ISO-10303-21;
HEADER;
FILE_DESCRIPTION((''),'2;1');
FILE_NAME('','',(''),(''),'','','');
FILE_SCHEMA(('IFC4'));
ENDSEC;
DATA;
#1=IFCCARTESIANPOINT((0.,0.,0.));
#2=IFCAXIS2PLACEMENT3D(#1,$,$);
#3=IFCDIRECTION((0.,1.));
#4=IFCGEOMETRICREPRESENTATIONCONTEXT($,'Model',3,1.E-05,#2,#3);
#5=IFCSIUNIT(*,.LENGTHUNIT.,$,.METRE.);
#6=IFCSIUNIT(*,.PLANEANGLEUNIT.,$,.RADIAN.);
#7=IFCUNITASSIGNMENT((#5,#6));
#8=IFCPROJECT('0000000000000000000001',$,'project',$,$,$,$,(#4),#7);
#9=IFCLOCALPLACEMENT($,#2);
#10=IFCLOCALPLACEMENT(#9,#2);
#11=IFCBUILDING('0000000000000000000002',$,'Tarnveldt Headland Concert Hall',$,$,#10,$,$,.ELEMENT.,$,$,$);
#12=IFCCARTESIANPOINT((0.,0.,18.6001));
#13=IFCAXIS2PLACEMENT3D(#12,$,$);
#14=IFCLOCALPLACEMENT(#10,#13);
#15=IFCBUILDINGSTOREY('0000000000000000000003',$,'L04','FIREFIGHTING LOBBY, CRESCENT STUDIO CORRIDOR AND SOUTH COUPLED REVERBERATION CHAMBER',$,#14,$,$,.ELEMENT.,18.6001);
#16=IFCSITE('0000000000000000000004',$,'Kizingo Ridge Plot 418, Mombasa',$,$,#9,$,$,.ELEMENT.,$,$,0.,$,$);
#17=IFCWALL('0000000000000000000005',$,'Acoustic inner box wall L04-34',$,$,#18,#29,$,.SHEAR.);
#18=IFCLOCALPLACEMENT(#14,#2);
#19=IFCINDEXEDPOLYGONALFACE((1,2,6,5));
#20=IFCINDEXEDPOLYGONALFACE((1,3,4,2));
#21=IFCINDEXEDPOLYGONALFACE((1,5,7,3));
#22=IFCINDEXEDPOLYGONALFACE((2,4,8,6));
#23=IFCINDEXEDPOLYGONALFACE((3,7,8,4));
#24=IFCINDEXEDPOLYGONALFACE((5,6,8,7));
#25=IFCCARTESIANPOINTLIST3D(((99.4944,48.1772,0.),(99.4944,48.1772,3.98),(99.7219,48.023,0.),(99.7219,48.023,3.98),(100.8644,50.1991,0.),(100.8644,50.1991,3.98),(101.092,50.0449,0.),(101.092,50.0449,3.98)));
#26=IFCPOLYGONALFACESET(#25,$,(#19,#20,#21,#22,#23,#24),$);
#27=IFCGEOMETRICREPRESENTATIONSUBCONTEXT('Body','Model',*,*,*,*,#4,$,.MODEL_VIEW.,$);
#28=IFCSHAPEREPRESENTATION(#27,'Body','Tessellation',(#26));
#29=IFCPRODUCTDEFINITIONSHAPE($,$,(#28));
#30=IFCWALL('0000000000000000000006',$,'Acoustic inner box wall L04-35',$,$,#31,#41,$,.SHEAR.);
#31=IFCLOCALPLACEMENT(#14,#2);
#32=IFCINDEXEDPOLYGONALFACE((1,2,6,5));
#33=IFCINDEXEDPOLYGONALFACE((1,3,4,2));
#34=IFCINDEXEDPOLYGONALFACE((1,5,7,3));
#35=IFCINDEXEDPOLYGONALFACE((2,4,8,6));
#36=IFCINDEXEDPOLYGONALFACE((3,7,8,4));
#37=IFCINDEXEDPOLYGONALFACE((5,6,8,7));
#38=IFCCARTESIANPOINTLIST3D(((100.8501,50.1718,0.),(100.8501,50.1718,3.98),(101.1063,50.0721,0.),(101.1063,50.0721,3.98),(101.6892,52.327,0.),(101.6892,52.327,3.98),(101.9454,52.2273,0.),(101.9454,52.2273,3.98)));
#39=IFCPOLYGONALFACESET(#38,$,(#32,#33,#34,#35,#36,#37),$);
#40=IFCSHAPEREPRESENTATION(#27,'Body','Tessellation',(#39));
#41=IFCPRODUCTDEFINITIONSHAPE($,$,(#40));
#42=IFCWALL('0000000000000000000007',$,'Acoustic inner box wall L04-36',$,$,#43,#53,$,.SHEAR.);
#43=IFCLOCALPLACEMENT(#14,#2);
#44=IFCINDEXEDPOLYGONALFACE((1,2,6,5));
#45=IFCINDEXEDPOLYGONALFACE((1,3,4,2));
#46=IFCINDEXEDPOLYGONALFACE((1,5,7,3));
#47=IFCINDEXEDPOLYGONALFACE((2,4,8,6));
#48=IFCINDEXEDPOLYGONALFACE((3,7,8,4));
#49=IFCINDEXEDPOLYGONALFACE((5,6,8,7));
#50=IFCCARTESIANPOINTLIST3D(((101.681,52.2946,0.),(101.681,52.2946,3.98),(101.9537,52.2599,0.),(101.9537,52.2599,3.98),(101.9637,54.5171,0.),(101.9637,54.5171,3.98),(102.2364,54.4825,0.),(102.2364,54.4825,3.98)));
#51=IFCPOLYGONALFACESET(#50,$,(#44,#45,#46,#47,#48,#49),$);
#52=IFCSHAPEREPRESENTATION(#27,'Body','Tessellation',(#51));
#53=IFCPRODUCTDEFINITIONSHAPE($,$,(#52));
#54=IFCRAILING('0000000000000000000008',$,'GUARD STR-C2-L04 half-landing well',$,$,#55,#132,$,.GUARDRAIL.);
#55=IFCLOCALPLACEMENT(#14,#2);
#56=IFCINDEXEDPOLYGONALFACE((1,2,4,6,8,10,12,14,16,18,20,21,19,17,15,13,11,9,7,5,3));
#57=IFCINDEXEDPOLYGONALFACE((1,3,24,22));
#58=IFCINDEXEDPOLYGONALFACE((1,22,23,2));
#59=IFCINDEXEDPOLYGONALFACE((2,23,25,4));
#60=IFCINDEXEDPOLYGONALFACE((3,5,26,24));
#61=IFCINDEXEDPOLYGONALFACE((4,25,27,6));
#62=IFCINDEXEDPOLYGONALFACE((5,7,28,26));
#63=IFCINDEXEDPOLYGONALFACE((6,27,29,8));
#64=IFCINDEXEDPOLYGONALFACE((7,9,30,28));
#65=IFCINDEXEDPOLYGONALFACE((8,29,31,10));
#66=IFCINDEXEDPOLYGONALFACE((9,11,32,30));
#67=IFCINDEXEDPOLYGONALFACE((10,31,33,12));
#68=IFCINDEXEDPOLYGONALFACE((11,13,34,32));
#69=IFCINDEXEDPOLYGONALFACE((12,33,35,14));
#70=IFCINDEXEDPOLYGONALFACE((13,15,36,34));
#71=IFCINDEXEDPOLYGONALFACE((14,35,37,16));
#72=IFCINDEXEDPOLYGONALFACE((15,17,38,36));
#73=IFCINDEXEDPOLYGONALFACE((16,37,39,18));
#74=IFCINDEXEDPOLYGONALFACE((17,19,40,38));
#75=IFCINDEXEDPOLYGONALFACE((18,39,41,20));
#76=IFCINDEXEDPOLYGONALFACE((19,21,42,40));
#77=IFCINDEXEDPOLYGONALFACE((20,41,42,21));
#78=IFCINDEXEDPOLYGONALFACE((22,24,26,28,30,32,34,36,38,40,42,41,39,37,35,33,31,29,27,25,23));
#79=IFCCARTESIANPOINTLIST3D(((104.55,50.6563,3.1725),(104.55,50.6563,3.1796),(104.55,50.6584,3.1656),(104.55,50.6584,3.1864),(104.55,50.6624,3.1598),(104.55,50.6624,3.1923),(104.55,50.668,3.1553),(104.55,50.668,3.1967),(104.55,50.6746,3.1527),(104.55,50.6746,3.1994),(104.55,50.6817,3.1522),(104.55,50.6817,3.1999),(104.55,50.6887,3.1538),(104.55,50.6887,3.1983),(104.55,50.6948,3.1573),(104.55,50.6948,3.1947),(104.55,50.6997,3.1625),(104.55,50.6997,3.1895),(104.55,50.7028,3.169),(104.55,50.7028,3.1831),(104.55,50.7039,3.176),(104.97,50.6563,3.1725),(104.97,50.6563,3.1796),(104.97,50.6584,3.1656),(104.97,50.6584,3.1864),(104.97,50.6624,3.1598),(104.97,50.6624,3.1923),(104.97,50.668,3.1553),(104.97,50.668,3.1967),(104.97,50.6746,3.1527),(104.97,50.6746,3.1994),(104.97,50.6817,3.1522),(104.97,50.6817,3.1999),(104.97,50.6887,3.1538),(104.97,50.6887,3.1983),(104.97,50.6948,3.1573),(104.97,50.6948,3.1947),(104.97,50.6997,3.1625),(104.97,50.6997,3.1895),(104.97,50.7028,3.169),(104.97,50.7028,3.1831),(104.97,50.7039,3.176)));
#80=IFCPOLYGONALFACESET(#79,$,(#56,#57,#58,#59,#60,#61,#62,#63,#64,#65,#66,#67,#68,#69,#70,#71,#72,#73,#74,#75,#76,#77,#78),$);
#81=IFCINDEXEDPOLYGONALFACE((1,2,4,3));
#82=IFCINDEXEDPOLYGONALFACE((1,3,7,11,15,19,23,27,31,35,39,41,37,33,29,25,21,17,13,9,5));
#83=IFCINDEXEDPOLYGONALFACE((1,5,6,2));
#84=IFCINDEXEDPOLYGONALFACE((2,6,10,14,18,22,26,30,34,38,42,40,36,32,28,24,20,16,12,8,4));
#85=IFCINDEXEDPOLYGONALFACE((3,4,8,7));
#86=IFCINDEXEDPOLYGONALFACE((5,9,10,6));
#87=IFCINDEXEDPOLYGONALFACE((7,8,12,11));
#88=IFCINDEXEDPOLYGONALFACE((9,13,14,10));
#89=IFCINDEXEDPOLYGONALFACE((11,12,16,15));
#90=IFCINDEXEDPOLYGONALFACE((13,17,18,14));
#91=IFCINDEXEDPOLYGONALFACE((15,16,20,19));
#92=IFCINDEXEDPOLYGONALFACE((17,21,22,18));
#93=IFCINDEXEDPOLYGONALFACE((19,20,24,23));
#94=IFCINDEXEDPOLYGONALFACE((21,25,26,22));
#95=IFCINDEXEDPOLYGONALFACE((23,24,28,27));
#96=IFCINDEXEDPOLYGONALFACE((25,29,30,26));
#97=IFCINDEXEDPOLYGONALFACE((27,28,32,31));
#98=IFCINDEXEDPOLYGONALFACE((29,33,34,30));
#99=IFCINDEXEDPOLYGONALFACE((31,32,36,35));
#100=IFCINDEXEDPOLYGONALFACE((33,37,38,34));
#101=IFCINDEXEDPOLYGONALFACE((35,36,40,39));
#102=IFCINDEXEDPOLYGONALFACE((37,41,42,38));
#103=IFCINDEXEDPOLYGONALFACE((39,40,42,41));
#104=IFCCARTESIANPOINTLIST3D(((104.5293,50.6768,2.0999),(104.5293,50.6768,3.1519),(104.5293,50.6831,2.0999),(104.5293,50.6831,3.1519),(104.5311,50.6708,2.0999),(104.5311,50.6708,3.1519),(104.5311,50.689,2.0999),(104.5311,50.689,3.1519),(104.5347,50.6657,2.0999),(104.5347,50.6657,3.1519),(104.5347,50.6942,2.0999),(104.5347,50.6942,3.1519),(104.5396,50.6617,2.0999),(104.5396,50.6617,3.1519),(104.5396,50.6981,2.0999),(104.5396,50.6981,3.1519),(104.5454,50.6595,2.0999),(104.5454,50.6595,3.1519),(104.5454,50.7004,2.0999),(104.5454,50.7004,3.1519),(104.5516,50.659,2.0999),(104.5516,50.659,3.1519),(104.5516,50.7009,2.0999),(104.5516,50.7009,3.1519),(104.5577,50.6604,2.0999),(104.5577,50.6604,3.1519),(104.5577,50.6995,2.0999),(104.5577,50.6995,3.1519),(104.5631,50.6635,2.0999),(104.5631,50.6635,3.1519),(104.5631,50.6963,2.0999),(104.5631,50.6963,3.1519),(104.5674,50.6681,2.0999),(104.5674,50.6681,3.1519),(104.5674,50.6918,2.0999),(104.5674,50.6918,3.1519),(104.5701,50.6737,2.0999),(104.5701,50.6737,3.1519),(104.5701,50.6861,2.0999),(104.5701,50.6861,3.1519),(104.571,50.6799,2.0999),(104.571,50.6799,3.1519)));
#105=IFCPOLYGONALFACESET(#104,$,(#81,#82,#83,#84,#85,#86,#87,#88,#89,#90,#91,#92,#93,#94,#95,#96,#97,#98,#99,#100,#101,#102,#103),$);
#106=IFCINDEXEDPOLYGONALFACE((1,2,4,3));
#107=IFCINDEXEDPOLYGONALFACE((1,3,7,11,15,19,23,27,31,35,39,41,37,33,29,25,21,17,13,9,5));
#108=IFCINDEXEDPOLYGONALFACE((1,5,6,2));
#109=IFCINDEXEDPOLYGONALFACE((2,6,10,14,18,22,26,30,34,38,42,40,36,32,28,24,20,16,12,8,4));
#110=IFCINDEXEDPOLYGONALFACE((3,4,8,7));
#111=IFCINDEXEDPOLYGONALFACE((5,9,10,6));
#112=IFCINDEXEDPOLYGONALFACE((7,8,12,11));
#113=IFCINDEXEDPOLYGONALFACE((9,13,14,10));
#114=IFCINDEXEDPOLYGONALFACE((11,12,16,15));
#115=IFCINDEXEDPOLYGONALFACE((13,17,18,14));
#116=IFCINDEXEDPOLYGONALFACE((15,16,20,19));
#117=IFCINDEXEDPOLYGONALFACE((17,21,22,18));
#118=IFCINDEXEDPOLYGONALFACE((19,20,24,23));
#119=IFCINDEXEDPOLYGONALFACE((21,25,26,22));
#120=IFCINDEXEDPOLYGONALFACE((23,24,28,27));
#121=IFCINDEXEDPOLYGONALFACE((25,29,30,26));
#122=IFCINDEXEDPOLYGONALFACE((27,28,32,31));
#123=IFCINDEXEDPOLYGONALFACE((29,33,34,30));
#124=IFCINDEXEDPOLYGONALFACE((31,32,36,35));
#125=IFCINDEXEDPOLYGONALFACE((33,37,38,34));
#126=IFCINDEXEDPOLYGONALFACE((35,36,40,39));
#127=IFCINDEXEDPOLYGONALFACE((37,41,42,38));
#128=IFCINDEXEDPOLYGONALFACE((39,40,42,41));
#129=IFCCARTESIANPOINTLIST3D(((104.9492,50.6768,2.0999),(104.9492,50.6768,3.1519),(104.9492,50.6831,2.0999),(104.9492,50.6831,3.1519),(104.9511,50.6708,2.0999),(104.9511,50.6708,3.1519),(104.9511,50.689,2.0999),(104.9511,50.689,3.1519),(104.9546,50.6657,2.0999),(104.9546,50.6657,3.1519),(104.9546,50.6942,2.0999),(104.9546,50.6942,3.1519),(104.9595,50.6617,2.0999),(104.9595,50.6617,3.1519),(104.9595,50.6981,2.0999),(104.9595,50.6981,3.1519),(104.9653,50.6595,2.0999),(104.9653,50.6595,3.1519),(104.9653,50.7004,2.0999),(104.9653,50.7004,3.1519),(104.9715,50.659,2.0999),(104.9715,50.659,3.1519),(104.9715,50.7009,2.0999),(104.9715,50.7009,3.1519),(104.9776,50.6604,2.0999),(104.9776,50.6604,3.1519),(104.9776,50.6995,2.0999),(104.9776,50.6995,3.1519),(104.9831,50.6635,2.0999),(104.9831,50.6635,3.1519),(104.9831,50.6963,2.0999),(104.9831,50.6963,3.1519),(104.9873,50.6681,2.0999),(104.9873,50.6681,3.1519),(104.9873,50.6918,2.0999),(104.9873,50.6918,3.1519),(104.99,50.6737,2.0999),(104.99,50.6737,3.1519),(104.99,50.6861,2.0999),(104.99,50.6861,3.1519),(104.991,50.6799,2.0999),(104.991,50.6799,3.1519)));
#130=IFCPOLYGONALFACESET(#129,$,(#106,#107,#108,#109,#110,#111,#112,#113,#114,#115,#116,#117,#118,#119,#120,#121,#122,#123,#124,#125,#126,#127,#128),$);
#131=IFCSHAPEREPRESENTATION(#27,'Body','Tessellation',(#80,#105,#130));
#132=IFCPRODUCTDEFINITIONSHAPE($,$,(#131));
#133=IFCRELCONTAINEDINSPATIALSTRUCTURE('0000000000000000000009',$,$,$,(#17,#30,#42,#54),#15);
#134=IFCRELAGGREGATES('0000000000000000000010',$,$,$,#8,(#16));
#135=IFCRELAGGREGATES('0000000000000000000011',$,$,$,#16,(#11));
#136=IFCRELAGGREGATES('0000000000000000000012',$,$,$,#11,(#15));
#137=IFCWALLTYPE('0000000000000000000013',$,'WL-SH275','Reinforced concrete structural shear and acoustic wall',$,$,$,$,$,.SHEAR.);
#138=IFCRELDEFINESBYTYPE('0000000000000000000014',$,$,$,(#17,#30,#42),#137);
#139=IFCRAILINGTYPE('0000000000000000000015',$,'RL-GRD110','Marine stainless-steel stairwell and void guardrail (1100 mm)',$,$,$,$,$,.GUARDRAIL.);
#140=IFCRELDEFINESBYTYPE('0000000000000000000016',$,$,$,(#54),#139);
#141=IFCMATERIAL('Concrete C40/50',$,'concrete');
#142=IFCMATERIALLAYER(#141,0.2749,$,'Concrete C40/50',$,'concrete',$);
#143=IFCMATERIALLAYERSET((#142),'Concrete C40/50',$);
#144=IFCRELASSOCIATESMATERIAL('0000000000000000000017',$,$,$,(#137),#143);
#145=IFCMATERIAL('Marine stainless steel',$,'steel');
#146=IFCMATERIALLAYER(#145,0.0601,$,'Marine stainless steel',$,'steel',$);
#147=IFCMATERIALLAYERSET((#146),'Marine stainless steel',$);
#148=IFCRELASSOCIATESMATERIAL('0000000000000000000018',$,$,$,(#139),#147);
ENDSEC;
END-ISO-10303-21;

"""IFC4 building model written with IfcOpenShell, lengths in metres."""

from ifc_helpers import new_model, si_unit, direction, frame, frame_2d, origin, origin_2d, place, context, subcontext, project, spatial, rectangle, circle, extrude, material, layer, layer_set, type_object, element, save


model = new_model("IFC4")

# Units and contexts
model_context = context("Model", 3, precision=1e-05, world=origin(), true_north=direction((0.0, 1.0)))
body_context = subcontext(model_context, "Body", "Model", "MODEL_VIEW")
ifc_project = project(units=[si_unit("LENGTHUNIT", "METRE"), si_unit("PLANEANGLEUNIT", "RADIAN")], contexts=[model_context])

# Site, building, storey
site_placement = place(None, origin())
site = spatial("IfcSite", under=ifc_project, at=site_placement, Name="Kizingo Ridge Plot 418, Mombasa", CompositionType="ELEMENT", RefElevation=0.0)
building_placement = place(site_placement, origin())
building = spatial("IfcBuilding", under=site, at=building_placement, Name="Tarnveldt Headland Concert Hall", CompositionType="ELEMENT")
storey_placement = place(building_placement, frame((0.0, 0.0, 18.6001)))
storey = spatial("IfcBuildingStorey", under=building, at=storey_placement, Name="L04", Description="FIREFIGHTING LOBBY, CRESCENT STUDIO CORRIDOR AND SOUTH COUPLED REVERBERATION CHAMBER", CompositionType="ELEMENT", Elevation=18.6001)

# Shared definitions
ifc_material_1 = material(Name="Concrete C40/50", Category="concrete")

# Walls
ifc_layer_1 = layer(ifc_material_1, 0.2749, Name="Concrete C40/50", Category="concrete")
ifc_layer_set_1 = layer_set([ifc_layer_1], Name="Concrete C40/50")
wall_type_1 = type_object("IfcWallType", Name="WL-SH275", Description="Reinforced concrete structural shear and acoustic wall", PredefinedType="SHEAR", material=ifc_layer_set_1)
wall_1_placement = place(storey_placement, frame((99.6082, 48.1001, 0.0), z_axis=(0.0, 0.0, 1.0), x_axis=(0.560959, 0.827844, 0.0)))
element("IfcWall", 1, at=wall_1_placement, inside=storey, type_object=wall_type_1, Name="Acoustic inner box wall L04-34", PredefinedType="SHEAR", context=body_context, shape_type="SweptSolid", body=[
    extrude(rectangle(XDim=2.4424, YDim=0.2749, at=frame_2d((1.2212, 0.0))), origin(), (0.0, 0.0, 1.0), 3.98),
])
wall_2_placement = place(storey_placement, frame((100.9783, 50.1221, 0.0), z_axis=(0.0, 0.0, 1.0), x_axis=(0.362803, 0.931866, 0.0)))
element("IfcWall", 2, at=wall_2_placement, inside=storey, type_object=wall_type_1, Name="Acoustic inner box wall L04-35", PredefinedType="SHEAR", context=body_context, shape_type="SweptSolid", body=[
    extrude(rectangle(XDim=2.3127, YDim=0.2749, at=frame_2d((1.1562, 0.0))), origin(), (0.0, 0.0, 1.0), 3.98),
])
wall_3_placement = place(storey_placement, frame((101.8174, 52.2773, 0.0), z_axis=(0.0, 0.0, 1.0), x_axis=(0.12618, 0.992007, 0.0)))
element("IfcWall", 3, at=wall_3_placement, inside=storey, type_object=wall_type_1, Name="Acoustic inner box wall L04-36", PredefinedType="SHEAR", context=body_context, shape_type="SweptSolid", body=[
    extrude(rectangle(XDim=2.2405, YDim=0.2749, at=frame_2d((1.1201, 0.0))), origin(), (0.0, 0.0, 1.0), 3.98),
])

# Railing
ifc_material_2 = material(Name="Marine stainless steel", Category="steel")
ifc_layer_2 = layer(ifc_material_2, 0.0601, Name="Marine stainless steel", Category="steel")
ifc_layer_set_2 = layer_set([ifc_layer_2], Name="Marine stainless steel")
railing_type_1 = type_object("IfcRailingType", Name="RL-GRD110", Description="Marine stainless-steel stairwell and void guardrail (1100 mm)", PredefinedType="GUARDRAIL", material=ifc_layer_set_2)
railing_1_placement = place(storey_placement, frame((104.55, 50.6799, 2.0999)))
element("IfcRailing", 4, at=railing_1_placement, inside=storey, type_object=railing_type_1, Name="GUARD STR-C2-L04 half-landing well", PredefinedType="GUARDRAIL", context=body_context, shape_type="SweptSolid", body=[
    extrude(circle(Radius=0.0239, at=origin_2d()), frame((0.0, 0.0, 1.0762), z_axis=(1.0, 0.0, 0.0), x_axis=(0.0, 1.0, 0.0)), (0.0, 0.0, 1.0), 0.4199),
    extrude(circle(Radius=0.021, at=origin_2d()), origin(), (0.0, 0.0, 1.0), 1.052),
    extrude(circle(Radius=0.021, at=origin_2d()), frame((0.4199, 0.0, 0.0)), (0.0, 0.0, 1.0), 1.052),
])

save(model, "model.ifc")
